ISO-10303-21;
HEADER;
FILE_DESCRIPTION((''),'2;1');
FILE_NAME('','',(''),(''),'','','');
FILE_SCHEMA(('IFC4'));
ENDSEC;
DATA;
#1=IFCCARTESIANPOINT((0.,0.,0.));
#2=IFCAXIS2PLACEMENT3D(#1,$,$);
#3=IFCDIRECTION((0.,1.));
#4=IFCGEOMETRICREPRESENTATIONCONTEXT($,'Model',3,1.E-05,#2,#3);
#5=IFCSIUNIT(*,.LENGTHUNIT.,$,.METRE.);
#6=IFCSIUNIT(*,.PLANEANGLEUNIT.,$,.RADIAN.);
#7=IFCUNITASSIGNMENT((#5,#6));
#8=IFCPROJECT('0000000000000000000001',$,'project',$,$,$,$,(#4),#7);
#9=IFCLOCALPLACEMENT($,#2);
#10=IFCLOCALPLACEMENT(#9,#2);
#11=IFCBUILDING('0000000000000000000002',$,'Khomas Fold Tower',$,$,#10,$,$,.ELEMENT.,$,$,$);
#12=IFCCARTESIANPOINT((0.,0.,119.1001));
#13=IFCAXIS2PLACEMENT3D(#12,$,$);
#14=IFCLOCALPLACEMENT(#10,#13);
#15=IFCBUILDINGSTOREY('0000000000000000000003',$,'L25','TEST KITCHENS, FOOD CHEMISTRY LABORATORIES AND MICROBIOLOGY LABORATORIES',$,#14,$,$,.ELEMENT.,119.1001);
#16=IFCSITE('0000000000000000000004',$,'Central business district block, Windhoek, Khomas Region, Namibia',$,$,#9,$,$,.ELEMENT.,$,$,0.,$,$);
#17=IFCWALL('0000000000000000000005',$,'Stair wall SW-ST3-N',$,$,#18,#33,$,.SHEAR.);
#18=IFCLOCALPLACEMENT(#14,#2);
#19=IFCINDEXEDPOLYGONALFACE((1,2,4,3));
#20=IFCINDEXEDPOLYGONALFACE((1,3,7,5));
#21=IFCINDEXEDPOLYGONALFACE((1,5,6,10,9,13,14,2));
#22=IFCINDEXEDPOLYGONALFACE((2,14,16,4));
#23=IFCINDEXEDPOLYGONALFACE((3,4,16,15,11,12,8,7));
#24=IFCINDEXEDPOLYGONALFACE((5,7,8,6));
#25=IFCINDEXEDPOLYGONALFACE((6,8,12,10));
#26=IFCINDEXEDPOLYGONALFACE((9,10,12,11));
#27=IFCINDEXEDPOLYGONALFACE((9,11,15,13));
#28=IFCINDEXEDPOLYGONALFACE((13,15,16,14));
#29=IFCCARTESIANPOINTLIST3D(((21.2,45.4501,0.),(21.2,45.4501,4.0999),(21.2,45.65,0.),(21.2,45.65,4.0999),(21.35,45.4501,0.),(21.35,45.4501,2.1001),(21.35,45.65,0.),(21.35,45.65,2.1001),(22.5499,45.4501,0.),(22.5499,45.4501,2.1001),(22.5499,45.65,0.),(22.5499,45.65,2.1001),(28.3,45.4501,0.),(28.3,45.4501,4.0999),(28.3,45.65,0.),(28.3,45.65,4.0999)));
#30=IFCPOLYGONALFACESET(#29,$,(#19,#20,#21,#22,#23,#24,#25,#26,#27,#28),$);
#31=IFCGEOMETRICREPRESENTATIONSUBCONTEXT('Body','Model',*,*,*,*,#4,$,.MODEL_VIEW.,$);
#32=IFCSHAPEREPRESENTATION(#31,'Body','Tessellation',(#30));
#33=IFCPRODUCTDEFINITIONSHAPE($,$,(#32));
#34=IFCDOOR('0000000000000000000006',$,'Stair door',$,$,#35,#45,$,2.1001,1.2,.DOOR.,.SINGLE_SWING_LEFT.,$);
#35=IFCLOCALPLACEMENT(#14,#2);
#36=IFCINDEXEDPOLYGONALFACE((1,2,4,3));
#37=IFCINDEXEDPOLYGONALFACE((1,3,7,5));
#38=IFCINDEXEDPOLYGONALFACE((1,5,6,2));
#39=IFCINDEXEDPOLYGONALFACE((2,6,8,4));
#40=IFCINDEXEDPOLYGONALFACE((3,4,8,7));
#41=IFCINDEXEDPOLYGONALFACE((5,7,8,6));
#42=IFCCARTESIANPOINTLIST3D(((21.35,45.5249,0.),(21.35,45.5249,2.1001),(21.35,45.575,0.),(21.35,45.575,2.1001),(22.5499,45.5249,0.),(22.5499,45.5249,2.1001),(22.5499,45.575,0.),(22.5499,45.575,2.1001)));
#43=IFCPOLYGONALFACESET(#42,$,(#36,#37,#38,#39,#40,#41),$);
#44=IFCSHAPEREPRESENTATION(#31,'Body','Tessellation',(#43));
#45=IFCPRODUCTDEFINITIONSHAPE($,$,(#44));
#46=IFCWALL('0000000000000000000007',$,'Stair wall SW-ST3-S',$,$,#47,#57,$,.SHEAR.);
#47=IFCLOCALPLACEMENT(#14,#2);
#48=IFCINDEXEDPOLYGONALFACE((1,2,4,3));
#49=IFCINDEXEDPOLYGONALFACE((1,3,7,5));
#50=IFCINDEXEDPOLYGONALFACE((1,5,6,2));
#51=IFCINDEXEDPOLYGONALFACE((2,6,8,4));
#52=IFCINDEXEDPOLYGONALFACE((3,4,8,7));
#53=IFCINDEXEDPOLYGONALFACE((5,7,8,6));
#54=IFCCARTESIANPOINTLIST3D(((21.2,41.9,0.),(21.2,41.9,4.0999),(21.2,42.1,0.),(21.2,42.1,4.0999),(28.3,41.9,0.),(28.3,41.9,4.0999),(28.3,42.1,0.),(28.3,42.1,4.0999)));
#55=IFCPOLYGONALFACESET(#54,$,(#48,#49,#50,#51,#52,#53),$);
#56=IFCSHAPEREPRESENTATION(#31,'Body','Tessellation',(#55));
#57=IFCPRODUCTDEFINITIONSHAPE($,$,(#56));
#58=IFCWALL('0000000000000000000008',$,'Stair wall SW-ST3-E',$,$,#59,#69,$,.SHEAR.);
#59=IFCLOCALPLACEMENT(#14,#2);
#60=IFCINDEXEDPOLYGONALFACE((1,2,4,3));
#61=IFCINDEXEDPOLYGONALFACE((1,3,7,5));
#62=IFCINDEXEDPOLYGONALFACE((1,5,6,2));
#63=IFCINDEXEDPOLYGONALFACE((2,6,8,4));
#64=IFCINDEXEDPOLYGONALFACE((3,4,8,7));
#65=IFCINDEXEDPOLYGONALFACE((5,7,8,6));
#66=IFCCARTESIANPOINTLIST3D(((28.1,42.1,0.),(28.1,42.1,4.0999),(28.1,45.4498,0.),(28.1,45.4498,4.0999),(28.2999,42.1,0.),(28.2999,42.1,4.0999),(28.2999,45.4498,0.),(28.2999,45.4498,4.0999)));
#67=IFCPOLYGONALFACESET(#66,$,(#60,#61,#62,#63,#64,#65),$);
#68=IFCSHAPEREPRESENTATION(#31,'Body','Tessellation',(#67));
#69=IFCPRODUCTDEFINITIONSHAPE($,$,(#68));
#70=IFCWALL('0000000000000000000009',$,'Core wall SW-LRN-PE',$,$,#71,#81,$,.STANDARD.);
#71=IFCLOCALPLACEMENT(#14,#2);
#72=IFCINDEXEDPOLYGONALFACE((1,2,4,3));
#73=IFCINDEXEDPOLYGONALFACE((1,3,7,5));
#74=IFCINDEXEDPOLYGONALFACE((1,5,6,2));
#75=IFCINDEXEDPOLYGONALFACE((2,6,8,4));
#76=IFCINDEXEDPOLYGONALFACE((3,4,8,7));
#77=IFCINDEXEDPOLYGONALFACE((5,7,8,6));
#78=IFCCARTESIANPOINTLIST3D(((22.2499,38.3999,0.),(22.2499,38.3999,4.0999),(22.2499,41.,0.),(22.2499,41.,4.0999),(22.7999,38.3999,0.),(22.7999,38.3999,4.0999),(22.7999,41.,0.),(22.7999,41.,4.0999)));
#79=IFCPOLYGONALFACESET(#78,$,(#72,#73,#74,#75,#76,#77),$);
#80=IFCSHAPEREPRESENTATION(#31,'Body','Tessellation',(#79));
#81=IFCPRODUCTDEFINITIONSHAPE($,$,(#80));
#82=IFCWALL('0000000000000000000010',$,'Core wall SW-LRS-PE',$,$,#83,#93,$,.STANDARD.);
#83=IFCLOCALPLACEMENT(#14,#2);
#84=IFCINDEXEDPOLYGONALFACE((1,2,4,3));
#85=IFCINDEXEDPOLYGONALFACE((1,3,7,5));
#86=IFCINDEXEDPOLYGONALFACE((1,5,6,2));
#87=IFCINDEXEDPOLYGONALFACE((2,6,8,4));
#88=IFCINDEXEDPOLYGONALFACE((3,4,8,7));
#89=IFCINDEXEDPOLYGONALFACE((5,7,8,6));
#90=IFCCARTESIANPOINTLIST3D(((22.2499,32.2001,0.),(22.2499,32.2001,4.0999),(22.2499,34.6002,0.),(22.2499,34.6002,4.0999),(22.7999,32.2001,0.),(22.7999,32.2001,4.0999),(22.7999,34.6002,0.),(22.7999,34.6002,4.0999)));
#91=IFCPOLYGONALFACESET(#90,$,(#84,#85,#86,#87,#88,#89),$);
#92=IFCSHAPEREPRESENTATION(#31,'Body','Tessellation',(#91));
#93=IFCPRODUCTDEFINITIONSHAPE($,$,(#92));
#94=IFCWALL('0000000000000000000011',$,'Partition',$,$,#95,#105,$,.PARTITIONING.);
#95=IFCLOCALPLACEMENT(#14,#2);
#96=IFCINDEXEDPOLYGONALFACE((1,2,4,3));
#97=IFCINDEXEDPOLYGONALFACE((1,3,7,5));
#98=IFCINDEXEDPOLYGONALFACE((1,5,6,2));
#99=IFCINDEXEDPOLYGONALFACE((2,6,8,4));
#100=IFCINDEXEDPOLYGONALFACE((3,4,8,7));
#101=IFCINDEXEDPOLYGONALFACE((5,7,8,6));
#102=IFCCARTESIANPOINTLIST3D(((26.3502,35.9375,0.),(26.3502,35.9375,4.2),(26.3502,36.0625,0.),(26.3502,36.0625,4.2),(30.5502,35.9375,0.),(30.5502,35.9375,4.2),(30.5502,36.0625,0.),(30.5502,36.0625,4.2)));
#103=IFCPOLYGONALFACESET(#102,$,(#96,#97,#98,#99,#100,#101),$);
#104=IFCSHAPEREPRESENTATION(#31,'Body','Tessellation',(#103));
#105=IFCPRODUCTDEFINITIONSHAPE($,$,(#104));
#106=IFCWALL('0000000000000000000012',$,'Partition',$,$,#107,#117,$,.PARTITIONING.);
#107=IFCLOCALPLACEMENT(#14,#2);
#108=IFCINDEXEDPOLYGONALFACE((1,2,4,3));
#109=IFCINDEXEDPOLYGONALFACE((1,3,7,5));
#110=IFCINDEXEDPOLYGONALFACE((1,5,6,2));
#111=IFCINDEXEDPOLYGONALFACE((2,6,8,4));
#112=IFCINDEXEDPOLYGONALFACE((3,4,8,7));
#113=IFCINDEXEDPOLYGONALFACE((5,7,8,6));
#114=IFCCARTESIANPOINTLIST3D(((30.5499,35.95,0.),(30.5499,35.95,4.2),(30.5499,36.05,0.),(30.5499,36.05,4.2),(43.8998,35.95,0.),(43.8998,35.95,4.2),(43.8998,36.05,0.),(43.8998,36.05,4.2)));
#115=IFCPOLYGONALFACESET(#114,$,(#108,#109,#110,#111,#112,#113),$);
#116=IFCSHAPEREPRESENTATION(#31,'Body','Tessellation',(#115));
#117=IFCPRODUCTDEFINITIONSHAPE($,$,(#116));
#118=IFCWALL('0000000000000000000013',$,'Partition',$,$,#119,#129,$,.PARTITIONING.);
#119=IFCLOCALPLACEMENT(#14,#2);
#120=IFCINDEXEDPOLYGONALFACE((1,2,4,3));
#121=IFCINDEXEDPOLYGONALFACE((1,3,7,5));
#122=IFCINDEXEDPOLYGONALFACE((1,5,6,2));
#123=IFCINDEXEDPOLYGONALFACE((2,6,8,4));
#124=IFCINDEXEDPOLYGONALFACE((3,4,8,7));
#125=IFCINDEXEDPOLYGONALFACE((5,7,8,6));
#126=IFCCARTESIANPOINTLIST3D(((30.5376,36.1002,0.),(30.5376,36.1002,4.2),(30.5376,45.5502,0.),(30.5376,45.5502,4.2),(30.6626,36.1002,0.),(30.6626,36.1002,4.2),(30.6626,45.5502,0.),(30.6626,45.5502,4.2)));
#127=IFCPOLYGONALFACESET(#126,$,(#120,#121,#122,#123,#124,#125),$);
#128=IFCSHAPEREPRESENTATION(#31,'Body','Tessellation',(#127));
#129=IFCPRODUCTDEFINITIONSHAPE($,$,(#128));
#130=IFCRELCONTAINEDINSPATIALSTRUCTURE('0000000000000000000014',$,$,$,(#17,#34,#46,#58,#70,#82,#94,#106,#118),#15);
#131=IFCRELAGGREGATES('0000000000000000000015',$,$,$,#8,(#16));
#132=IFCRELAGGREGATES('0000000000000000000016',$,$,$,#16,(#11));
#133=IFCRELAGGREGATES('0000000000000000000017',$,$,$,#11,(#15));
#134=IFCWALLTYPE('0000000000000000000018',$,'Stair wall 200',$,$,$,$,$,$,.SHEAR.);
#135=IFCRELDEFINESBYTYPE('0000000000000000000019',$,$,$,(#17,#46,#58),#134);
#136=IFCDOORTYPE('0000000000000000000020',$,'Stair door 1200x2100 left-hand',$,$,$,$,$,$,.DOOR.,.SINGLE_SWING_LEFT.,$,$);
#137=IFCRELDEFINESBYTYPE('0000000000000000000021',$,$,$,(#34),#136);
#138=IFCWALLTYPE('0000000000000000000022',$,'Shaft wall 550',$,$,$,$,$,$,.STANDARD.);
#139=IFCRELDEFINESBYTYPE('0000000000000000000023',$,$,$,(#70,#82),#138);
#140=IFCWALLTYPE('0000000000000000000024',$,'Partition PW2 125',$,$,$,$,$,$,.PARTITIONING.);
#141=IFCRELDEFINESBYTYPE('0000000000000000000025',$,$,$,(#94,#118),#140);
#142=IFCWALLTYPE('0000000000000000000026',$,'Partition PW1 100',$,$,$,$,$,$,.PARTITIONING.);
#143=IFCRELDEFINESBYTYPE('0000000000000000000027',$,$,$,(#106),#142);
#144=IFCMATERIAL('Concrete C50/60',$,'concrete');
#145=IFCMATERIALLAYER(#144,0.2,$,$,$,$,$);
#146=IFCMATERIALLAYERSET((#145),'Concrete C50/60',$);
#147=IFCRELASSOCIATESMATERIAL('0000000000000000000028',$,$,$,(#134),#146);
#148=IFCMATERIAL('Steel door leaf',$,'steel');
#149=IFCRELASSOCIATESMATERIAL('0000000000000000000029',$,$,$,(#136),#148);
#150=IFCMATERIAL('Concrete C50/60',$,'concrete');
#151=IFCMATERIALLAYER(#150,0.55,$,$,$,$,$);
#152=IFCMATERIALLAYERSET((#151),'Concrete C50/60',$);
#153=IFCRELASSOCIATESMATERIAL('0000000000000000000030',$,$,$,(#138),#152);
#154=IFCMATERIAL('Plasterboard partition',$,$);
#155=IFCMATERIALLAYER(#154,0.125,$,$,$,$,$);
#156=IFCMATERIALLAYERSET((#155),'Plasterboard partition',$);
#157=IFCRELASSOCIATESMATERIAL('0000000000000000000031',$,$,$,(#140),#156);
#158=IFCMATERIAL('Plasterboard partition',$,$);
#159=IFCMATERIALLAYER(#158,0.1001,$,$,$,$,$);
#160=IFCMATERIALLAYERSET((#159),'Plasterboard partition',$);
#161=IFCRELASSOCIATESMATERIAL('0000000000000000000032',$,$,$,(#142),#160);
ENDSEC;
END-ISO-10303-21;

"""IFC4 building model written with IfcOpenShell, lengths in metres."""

from ifc_helpers import new_model, si_unit, direction, frame, frame_2d, origin, place, context, subcontext, project, spatial, rectangle, extrude, source, transform, mapped, material, layer, layer_set, type_object, element, fill, save


model = new_model("IFC4")

# Units and contexts
model_context = context("Model", 3, precision=1e-05, world=origin(), true_north=direction((0.0, 1.0)))
body_context = subcontext(model_context, "Body", "Model", "MODEL_VIEW")
ifc_project = project(units=[si_unit("LENGTHUNIT", "METRE"), si_unit("PLANEANGLEUNIT", "RADIAN")], contexts=[model_context])

# Site, building, storey
site_placement = place(None, origin())
site = spatial("IfcSite", under=ifc_project, at=site_placement, Name="Central business district block, Windhoek, Khomas Region, Namibia", CompositionType="ELEMENT", RefElevation=0.0)
building_placement = place(site_placement, origin())
building = spatial("IfcBuilding", under=site, at=building_placement, Name="Khomas Fold Tower", CompositionType="ELEMENT")
storey_placement = place(building_placement, frame((0.0, 0.0, 119.1001)))
storey = spatial("IfcBuildingStorey", under=building, at=storey_placement, Name="L25", Description="TEST KITCHENS, FOOD CHEMISTRY LABORATORIES AND MICROBIOLOGY LABORATORIES", CompositionType="ELEMENT", Elevation=119.1001)

# Wall, opening, door
ifc_material_1 = material(Name="Concrete C50/60", Category="concrete")
ifc_layer_1 = layer(ifc_material_1, 0.2)
ifc_layer_set_1 = layer_set([ifc_layer_1], Name="Concrete C50/60")
wall_type_1 = type_object("IfcWallType", Name="Stair wall 200", PredefinedType="SHEAR", material=ifc_layer_set_1)
shared_shape_1 = source(origin(), body_context, "Body", "SweptSolid", [
    extrude(rectangle(XDim=7.1001, YDim=0.2, at=frame_2d((3.55, 0.0))), origin(), (0.0, 0.0, 1.0), 4.0999),
])
wall_1_placement = place(storey_placement, frame((21.2, 45.55, 0.0), z_axis=(0.0, 0.0, 1.0), x_axis=(1.0, 0.0, 0.0)))
wall_1 = element("IfcWall", 1, at=wall_1_placement, inside=storey, type_object=wall_type_1, Name="Stair wall SW-ST3-N", PredefinedType="SHEAR", context=body_context, shape_type="MappedRepresentation", body=[
    mapped(shared_shape_1, transform((0.0, 0.0, 0.0))),
])
shared_shape_2 = source(origin(), body_context, "Body", "SweptSolid", [
    extrude(rectangle(XDim=1.2, YDim=2.1001, at=frame_2d((0.6001, 1.05))), frame((0.0, 0.1099, 0.0), z_axis=(0.0, -1.0, 0.0), x_axis=(1.0, 0.0, 0.0)), (0.0, 0.0, 1.0), 0.22),
])
opening_placement = place(wall_1_placement, frame((0.1499, 0.0, 0.0)))
opening = element("IfcOpeningElement", 2, at=opening_placement, cuts=wall_1, PredefinedType="OPENING", context=body_context, shape_type="MappedRepresentation", body=[
    mapped(shared_shape_2, transform((0.0, 0.0, 0.0))),
])
ifc_material_2 = material(Name="Steel door leaf", Category="steel")
door_type = type_object("IfcDoorType", Name="Stair door 1200x2100 left-hand", OperationType="SINGLE_SWING_LEFT", PredefinedType="DOOR", material=ifc_material_2)
shared_shape_3 = source(origin(), body_context, "Body", "SweptSolid", [
    extrude(rectangle(XDim=1.2, YDim=2.1001, at=frame_2d((0.6001, 1.05))), frame((0.0, 0.0249, 0.0), z_axis=(0.0, -1.0, 0.0), x_axis=(1.0, 0.0, 0.0)), (0.0, 0.0, 1.0), 0.05),
])
door_placement = place(opening_placement, origin())
door = element("IfcDoor", 3, at=door_placement, inside=storey, type_object=door_type, Name="Stair door", OperationType="SINGLE_SWING_LEFT", OverallHeight=2.1001, OverallWidth=1.2, PredefinedType="DOOR", context=body_context, shape_type="MappedRepresentation", body=[
    mapped(shared_shape_3, transform((0.0, 0.0, 0.0))),
])
fill(opening, door)

# Walls
wall_2_placement = place(storey_placement, frame((21.2, 42.0, 0.0), z_axis=(0.0, 0.0, 1.0), x_axis=(1.0, 0.0, 0.0)))
element("IfcWall", 4, at=wall_2_placement, inside=storey, type_object=wall_type_1, Name="Stair wall SW-ST3-S", PredefinedType="SHEAR", context=body_context, shape_type="MappedRepresentation", body=[
    mapped(shared_shape_1, transform((0.0, 0.0, 0.0))),
])
shared_shape_4 = source(origin(), body_context, "Body", "SweptSolid", [
    extrude(rectangle(XDim=3.3499, YDim=0.2, at=frame_2d((1.6748, 0.0))), origin(), (0.0, 0.0, 1.0), 4.0999),
])
wall_3_placement = place(storey_placement, frame((28.2, 42.1001, 0.0), z_axis=(0.0, 0.0, 1.0), x_axis=(0.0, 1.0, 0.0)))
element("IfcWall", 5, at=wall_3_placement, inside=storey, type_object=wall_type_1, Name="Stair wall SW-ST3-E", PredefinedType="SHEAR", context=body_context, shape_type="MappedRepresentation", body=[
    mapped(shared_shape_4, transform((0.0, 0.0, 0.0))),
])
ifc_material_3 = material(Name="Concrete C50/60", Category="concrete")
ifc_layer_2 = layer(ifc_material_3, 0.55)
ifc_layer_set_2 = layer_set([ifc_layer_2], Name="Concrete C50/60")
wall_type_2 = type_object("IfcWallType", Name="Shaft wall 550", PredefinedType="STANDARD", material=ifc_layer_set_2)
shared_shape_5 = source(origin(), body_context, "Body", "SweptSolid", [
    extrude(rectangle(XDim=2.6001, YDim=0.55, at=frame_2d((1.3, 0.0))), origin(), (0.0, 0.0, 1.0), 4.0999),
])
wall_4_placement = place(storey_placement, frame((22.5249, 38.3999, 0.0), z_axis=(0.0, 0.0, 1.0), x_axis=(0.0, 1.0, 0.0)))
element("IfcWall", 6, at=wall_4_placement, inside=storey, type_object=wall_type_2, Name="Core wall SW-LRN-PE", PredefinedType="STANDARD", context=body_context, shape_type="MappedRepresentation", body=[
    mapped(shared_shape_5, transform((0.0, 0.0, 0.0))),
])
shared_shape_6 = source(origin(), body_context, "Body", "SweptSolid", [
    extrude(rectangle(XDim=2.4001, YDim=0.55, at=frame_2d((1.2002, 0.0))), origin(), (0.0, 0.0, 1.0), 4.0999),
])
wall_5_placement = place(storey_placement, frame((22.5249, 32.2, 0.0), z_axis=(0.0, 0.0, 1.0), x_axis=(0.0, 1.0, 0.0)))
element("IfcWall", 7, at=wall_5_placement, inside=storey, type_object=wall_type_2, Name="Core wall SW-LRS-PE", PredefinedType="STANDARD", context=body_context, shape_type="MappedRepresentation", body=[
    mapped(shared_shape_6, transform((0.0, 0.0, 0.0))),
])
ifc_material_4 = material(Name="Plasterboard partition")
ifc_layer_3 = layer(ifc_material_4, 0.125)
ifc_layer_set_3 = layer_set([ifc_layer_3], Name="Plasterboard partition")
wall_type_3 = type_object("IfcWallType", Name="Partition PW2 125", PredefinedType="PARTITIONING", material=ifc_layer_set_3)
shared_shape_7 = source(origin(), body_context, "Body", "SweptSolid", [
    extrude(rectangle(XDim=4.2, YDim=0.125, at=frame_2d((2.1001, 0.0))), origin(), (0.0, 0.0, 1.0), 4.2),
])
wall_6_placement = place(storey_placement, frame((26.3501, 36.0, 0.0), z_axis=(0.0, 0.0, 1.0), x_axis=(1.0, 0.0, 0.0)))
element("IfcWall", 8, at=wall_6_placement, inside=storey, type_object=wall_type_3, Name="Partition", PredefinedType="PARTITIONING", context=body_context, shape_type="MappedRepresentation", body=[
    mapped(shared_shape_7, transform((0.0, 0.0, 0.0))),
])
ifc_material_5 = material(Name="Plasterboard partition")
ifc_layer_4 = layer(ifc_material_5, 0.1001)
ifc_layer_set_4 = layer_set([ifc_layer_4], Name="Plasterboard partition")
wall_type_4 = type_object("IfcWallType", Name="Partition PW1 100", PredefinedType="PARTITIONING", material=ifc_layer_set_4)
shared_shape_8 = source(origin(), body_context, "Body", "SweptSolid", [
    extrude(rectangle(XDim=13.3499, YDim=0.1001, at=frame_2d((6.6748, 0.0))), origin(), (0.0, 0.0, 1.0), 4.2),
])
wall_7_placement = place(storey_placement, frame((30.55, 36.0, 0.0), z_axis=(0.0, 0.0, 1.0), x_axis=(1.0, 0.0, 0.0)))
element("IfcWall", 9, at=wall_7_placement, inside=storey, type_object=wall_type_4, Name="Partition", PredefinedType="PARTITIONING", context=body_context, shape_type="MappedRepresentation", body=[
    mapped(shared_shape_8, transform((0.0, 0.0, 0.0))),
])
shared_shape_9 = source(origin(), body_context, "Body", "SweptSolid", [
    extrude(rectangle(XDim=9.45, YDim=0.125, at=frame_2d((4.7251, 0.0))), origin(), (0.0, 0.0, 1.0), 4.2),
])
wall_8_placement = place(storey_placement, frame((30.6001, 36.1001, 0.0), z_axis=(0.0, 0.0, 1.0), x_axis=(0.0, 1.0, 0.0)))
element("IfcWall", 10, at=wall_8_placement, inside=storey, type_object=wall_type_3, Name="Partition", PredefinedType="PARTITIONING", context=body_context, shape_type="MappedRepresentation", body=[
    mapped(shared_shape_9, transform((0.0, 0.0, 0.0))),
])

save(model, "model.ifc")
